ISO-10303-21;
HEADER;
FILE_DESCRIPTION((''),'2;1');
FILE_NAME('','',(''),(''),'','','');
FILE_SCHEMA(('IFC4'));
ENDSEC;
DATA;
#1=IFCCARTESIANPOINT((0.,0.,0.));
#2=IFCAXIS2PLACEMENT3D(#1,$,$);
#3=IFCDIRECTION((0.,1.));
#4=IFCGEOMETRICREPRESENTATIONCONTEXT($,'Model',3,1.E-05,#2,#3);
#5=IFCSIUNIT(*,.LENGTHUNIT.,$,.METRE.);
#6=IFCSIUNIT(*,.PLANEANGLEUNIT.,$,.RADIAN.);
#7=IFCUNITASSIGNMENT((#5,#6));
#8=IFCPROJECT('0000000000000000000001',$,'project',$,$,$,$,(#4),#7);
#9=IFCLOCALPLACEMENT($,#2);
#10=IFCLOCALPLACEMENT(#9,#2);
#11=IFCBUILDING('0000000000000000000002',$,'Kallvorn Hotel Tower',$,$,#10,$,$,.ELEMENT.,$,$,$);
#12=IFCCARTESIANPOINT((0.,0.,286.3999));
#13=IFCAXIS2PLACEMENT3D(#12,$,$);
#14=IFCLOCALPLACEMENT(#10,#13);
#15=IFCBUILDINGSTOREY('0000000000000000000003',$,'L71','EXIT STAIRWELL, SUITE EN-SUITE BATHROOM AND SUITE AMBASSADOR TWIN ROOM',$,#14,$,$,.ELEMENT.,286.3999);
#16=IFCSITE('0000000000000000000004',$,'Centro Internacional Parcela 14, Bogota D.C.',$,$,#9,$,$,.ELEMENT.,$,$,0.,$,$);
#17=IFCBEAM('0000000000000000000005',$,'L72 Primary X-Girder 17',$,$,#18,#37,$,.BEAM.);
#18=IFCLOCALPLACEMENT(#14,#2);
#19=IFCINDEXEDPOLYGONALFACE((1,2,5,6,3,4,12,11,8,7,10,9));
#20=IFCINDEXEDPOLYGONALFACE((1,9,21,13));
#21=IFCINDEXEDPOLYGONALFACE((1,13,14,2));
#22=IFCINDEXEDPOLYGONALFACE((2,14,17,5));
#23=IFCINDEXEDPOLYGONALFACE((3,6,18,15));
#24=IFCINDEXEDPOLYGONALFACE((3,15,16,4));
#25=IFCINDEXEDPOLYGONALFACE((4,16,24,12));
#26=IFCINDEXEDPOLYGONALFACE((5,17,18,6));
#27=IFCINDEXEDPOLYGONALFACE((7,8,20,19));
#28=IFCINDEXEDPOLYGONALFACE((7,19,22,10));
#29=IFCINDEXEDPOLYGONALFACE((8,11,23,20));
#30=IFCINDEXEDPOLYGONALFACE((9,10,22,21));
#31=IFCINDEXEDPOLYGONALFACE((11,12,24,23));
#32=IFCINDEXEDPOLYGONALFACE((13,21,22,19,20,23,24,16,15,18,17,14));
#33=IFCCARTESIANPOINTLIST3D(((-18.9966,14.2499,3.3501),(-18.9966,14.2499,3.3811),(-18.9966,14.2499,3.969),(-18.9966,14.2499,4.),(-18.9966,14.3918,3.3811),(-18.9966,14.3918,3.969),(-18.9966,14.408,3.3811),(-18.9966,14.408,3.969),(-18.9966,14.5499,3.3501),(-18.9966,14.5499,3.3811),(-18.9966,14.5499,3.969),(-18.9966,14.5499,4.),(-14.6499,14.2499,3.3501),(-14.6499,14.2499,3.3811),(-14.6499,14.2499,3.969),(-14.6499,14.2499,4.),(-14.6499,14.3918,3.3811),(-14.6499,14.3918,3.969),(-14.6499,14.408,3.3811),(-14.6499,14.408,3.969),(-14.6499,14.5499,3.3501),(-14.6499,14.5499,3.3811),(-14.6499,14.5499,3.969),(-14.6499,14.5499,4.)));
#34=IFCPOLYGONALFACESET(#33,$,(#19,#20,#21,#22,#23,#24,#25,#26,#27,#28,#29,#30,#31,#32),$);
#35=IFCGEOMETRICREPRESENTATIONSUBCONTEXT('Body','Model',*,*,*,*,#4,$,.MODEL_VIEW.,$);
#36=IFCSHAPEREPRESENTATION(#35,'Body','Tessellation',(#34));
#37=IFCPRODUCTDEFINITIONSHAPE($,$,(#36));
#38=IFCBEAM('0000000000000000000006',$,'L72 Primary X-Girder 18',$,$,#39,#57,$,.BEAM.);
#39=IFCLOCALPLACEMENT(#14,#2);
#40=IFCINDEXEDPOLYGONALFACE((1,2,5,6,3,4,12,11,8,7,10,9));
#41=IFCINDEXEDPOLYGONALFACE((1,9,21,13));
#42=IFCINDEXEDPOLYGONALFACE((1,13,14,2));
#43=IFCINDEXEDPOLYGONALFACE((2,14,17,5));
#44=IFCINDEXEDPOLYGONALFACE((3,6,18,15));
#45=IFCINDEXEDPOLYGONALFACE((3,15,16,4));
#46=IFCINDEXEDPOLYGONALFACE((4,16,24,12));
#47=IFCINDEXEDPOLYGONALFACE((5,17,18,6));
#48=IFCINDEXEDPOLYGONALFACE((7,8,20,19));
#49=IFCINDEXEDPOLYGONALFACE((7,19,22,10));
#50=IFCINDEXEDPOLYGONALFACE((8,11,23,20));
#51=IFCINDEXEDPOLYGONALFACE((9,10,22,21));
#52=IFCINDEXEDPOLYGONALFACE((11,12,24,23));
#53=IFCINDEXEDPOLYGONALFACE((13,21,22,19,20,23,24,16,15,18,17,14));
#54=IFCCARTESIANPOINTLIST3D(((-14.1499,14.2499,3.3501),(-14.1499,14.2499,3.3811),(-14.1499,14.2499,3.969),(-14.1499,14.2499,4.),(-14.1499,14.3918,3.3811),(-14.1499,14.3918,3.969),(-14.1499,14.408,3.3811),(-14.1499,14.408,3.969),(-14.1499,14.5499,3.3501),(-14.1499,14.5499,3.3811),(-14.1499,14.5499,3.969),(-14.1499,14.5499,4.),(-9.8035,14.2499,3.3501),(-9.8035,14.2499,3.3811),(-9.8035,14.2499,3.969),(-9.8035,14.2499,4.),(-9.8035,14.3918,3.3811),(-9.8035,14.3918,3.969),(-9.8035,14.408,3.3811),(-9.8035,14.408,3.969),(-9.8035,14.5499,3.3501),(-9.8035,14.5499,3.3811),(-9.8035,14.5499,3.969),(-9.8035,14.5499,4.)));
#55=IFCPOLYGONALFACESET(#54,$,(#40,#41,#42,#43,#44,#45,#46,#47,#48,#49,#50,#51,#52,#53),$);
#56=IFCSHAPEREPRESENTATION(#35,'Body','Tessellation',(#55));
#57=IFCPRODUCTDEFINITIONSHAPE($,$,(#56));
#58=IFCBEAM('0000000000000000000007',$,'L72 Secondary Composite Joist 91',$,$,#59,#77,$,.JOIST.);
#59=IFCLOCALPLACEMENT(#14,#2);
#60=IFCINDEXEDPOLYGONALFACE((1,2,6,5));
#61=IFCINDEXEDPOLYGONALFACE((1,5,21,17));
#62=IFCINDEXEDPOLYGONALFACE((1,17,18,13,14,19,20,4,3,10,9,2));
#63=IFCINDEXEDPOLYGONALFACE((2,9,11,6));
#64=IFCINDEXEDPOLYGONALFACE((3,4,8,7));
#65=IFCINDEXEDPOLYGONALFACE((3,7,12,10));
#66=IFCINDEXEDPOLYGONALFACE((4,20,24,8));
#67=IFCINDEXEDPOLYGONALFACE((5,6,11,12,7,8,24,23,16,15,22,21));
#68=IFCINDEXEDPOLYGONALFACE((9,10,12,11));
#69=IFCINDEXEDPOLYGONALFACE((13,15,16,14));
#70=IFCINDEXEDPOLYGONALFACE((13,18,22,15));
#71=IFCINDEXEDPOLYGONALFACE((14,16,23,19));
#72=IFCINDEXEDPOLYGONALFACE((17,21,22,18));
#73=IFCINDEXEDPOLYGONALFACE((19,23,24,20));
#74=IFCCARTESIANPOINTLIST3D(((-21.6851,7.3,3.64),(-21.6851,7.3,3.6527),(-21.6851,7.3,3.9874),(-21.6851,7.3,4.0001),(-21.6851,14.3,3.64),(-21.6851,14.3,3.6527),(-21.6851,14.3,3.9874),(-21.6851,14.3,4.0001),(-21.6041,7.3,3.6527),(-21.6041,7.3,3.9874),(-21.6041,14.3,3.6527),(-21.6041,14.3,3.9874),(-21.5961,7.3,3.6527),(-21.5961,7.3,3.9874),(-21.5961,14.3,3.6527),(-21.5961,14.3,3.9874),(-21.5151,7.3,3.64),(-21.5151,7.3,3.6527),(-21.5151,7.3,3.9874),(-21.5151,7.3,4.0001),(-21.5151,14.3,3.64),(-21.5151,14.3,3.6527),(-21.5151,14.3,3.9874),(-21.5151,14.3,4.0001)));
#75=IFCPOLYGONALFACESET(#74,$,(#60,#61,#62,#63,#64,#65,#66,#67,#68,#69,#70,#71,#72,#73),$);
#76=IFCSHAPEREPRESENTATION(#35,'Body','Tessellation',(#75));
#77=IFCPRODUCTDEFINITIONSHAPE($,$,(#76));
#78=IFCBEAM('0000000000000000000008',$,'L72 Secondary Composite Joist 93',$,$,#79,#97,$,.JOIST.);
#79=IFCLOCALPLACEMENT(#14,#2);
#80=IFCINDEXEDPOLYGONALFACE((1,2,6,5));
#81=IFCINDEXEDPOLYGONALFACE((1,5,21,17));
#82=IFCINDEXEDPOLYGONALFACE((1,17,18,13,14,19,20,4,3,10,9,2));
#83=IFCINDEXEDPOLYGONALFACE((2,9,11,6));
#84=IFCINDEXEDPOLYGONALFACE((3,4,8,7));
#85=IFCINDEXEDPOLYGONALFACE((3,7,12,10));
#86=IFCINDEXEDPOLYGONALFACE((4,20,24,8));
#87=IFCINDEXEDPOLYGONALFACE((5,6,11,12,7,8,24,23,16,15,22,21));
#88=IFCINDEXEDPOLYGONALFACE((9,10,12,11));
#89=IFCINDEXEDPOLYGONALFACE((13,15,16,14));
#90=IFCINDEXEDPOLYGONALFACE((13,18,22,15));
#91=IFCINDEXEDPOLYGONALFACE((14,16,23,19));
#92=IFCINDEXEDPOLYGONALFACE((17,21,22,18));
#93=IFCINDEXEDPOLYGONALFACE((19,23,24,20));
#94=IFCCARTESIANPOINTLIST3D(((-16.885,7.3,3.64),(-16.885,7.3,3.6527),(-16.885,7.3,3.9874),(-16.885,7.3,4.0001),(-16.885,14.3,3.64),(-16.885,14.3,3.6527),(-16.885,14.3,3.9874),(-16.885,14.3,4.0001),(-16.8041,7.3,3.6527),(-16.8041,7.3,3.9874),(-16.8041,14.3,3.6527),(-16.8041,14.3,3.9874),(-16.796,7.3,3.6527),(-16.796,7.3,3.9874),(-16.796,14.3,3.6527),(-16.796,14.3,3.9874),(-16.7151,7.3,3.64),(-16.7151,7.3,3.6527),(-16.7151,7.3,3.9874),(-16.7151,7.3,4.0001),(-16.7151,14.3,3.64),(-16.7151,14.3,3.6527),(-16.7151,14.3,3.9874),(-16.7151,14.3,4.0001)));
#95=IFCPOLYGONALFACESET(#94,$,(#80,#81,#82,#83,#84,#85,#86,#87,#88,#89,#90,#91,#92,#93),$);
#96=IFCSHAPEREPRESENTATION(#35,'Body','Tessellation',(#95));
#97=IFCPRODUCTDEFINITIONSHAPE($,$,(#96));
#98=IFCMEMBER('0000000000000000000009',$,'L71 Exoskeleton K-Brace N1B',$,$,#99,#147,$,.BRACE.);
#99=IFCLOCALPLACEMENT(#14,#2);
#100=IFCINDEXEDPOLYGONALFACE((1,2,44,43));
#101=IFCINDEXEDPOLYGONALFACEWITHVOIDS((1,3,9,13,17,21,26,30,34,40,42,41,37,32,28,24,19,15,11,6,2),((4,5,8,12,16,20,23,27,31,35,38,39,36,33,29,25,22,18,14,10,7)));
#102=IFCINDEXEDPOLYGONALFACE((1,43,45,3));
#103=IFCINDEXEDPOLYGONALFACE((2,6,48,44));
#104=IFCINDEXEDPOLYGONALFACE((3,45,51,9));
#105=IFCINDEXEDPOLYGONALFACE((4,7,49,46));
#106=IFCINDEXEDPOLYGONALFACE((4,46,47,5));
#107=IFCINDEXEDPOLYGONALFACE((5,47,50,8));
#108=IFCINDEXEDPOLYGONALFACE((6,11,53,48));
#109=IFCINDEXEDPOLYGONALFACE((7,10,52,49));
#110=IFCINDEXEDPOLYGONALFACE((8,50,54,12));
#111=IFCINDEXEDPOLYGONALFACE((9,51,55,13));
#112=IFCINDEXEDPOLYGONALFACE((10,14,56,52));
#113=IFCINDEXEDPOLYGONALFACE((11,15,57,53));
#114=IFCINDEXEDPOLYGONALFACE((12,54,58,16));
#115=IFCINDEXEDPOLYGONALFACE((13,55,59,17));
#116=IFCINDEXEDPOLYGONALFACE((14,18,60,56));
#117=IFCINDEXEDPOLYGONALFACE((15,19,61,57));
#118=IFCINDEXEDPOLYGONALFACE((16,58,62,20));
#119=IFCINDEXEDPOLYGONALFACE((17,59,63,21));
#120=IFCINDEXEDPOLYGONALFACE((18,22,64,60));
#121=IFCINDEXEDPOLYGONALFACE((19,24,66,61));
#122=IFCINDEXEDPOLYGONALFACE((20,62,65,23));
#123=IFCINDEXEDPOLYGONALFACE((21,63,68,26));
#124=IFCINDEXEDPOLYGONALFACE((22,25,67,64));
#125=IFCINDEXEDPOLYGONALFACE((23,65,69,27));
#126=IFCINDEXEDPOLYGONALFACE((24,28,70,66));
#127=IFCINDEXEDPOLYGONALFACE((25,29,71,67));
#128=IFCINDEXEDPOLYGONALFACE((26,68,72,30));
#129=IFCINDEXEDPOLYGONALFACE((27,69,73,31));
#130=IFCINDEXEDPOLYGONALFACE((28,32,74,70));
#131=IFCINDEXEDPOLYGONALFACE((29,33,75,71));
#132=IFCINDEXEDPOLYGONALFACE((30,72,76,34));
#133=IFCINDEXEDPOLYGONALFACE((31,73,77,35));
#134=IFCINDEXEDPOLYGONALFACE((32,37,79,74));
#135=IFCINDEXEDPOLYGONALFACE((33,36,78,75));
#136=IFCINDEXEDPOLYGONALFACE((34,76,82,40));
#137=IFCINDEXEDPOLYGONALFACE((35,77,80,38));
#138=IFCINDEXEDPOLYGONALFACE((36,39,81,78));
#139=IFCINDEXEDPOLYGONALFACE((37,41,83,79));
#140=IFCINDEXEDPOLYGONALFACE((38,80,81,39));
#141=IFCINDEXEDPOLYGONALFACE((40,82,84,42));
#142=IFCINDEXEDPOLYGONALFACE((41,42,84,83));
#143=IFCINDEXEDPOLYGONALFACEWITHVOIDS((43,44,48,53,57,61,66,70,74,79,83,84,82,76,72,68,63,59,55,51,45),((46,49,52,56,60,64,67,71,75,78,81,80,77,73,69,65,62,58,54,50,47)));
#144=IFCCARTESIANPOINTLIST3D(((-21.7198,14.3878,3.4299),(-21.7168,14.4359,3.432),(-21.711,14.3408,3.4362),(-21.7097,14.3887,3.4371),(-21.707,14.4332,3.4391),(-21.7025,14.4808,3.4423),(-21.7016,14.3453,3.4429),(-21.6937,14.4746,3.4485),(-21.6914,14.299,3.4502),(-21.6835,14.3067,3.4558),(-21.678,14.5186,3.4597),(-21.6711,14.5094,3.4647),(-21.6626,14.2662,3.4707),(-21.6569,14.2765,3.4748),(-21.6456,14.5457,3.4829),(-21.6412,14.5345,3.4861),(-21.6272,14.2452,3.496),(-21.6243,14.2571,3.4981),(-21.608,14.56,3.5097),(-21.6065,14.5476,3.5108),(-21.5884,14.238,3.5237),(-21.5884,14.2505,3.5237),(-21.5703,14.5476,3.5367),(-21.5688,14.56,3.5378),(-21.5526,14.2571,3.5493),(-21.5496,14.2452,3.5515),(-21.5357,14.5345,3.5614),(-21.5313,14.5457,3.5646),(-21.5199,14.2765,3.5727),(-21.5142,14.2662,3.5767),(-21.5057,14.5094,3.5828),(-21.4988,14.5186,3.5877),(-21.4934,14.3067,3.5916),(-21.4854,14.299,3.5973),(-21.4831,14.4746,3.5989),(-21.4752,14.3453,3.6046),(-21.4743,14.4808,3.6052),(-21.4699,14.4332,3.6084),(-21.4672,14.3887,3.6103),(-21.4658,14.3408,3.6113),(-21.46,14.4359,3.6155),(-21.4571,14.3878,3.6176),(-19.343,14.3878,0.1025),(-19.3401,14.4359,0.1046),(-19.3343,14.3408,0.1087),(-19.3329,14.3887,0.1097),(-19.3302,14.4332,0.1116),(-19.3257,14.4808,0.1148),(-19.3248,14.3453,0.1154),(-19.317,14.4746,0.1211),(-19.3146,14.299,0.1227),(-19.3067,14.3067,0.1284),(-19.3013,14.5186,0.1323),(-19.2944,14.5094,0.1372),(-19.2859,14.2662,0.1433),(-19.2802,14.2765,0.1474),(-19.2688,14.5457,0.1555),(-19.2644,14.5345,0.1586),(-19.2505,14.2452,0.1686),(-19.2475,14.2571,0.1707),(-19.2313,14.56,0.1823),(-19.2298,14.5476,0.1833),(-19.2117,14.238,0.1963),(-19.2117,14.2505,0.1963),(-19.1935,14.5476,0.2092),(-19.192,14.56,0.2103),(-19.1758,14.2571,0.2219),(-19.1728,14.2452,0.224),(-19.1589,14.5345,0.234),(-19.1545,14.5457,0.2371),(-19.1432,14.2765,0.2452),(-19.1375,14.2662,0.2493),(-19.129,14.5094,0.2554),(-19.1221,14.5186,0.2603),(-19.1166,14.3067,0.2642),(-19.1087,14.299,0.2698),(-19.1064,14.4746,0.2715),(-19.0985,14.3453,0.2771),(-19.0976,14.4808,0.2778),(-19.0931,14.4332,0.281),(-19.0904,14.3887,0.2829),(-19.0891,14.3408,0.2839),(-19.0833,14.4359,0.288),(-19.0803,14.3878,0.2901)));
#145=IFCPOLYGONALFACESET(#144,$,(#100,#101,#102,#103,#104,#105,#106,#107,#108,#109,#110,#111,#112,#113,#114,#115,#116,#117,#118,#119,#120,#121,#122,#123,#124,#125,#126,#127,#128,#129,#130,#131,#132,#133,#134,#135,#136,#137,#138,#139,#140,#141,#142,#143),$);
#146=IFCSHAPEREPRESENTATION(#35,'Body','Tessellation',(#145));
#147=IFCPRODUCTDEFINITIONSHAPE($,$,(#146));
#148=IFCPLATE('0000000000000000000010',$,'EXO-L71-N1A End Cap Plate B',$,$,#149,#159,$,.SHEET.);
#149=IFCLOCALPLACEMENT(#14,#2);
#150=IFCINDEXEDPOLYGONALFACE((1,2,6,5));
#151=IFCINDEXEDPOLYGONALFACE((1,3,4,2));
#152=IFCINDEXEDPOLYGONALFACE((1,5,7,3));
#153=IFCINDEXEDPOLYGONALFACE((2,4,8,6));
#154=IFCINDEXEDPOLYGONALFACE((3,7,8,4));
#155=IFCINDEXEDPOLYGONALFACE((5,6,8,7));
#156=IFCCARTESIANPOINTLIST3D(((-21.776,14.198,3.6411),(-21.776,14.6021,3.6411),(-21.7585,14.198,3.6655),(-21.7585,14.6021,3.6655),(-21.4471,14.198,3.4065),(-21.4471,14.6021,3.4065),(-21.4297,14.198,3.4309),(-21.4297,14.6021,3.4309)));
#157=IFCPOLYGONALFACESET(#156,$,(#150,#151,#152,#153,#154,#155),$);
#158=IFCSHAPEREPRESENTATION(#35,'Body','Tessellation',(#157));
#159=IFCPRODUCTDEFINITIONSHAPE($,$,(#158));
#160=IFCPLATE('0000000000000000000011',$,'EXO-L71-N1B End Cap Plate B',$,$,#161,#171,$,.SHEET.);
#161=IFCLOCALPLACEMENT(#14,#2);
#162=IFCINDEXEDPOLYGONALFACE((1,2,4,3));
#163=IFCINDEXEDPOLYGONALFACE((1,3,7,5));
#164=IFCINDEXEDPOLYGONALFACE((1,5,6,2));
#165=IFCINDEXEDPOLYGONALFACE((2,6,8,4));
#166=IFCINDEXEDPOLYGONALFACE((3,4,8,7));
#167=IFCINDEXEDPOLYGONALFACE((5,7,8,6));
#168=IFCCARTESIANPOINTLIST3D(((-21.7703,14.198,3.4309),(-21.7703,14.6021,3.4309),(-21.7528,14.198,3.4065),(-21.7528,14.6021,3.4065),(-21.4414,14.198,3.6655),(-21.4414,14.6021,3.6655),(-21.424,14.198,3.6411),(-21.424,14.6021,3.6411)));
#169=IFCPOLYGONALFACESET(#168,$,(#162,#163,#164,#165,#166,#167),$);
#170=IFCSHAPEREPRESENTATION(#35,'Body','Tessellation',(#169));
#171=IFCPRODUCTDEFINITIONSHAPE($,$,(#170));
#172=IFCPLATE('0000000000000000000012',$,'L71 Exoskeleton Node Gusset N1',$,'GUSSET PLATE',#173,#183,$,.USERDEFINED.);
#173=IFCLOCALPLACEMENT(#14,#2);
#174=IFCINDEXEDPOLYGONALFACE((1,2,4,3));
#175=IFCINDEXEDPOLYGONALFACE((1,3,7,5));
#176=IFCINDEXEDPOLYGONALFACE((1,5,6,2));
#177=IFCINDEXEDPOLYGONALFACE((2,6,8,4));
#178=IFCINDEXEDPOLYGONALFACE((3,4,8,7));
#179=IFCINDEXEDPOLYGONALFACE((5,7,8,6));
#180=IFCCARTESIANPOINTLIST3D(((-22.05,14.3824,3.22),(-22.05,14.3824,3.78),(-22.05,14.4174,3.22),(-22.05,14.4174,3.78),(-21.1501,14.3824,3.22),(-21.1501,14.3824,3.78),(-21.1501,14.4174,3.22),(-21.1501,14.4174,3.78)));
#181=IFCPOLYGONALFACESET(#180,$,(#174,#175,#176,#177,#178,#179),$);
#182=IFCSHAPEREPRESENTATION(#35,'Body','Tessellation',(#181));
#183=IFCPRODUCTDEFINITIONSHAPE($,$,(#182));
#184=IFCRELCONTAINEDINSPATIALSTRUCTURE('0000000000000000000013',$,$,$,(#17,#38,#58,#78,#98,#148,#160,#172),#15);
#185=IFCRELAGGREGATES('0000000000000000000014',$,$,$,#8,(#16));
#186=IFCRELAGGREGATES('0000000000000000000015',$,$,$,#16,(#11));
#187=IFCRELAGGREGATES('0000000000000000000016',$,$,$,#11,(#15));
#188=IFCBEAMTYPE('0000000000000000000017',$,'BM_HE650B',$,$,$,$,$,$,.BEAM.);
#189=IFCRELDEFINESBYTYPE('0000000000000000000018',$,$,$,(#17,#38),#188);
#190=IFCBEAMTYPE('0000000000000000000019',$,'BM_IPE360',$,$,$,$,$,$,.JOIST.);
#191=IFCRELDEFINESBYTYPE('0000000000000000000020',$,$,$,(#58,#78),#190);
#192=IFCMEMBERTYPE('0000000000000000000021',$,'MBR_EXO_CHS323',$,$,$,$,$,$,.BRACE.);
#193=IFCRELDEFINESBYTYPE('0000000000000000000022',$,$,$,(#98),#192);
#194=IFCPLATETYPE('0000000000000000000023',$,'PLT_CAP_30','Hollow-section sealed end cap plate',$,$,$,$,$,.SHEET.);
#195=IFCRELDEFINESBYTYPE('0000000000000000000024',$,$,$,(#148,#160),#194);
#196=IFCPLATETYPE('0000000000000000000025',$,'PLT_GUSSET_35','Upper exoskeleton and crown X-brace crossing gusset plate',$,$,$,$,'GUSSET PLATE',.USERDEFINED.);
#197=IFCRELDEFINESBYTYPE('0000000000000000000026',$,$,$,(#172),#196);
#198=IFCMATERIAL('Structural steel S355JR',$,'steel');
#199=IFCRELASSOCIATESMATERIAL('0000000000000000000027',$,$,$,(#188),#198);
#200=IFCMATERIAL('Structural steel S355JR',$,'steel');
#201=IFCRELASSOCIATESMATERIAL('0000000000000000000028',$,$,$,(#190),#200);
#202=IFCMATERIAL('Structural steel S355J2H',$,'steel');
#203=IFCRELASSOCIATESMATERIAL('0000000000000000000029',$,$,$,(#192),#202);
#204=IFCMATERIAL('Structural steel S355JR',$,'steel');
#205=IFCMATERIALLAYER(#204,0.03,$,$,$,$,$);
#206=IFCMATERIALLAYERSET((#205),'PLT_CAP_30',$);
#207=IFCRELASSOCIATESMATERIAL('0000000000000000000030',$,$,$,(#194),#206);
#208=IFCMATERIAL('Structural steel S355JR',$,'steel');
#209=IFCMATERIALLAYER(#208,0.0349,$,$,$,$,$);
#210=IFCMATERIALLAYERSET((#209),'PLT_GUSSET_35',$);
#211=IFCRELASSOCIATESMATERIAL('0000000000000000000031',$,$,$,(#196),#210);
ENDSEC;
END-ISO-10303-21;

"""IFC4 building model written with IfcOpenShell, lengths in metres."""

from ifc_helpers import new_model, si_unit, direction, frame, origin, origin_2d, place, context, subcontext, project, spatial, polyline, rectangle, hollow_circle, i_section, outline, extrude, material, layer, layer_set, material_profile, profile_set, type_object, element, save


model = new_model("IFC4")

# Units and contexts
model_context = context("Model", 3, precision=1e-05, world=origin(), true_north=direction((0.0, 1.0)))
body_context = subcontext(model_context, "Body", "Model", "MODEL_VIEW")
ifc_project = project(units=[si_unit("LENGTHUNIT", "METRE"), si_unit("PLANEANGLEUNIT", "RADIAN")], contexts=[model_context])

# Site, building, storey
site_placement = place(None, origin())
site = spatial("IfcSite", under=ifc_project, at=site_placement, Name="Centro Internacional Parcela 14, Bogota D.C.", CompositionType="ELEMENT", RefElevation=0.0)
building_placement = place(site_placement, origin())
building = spatial("IfcBuilding", under=site, at=building_placement, Name="Kallvorn Hotel Tower", CompositionType="ELEMENT")
storey_placement = place(building_placement, frame((0.0, 0.0, 286.3999)))
storey = spatial("IfcBuildingStorey", under=building, at=storey_placement, Name="L71", Description="EXIT STAIRWELL, SUITE EN-SUITE BATHROOM AND SUITE AMBASSADOR TWIN ROOM", CompositionType="ELEMENT", Elevation=286.3999)

# Beams
ifc_material_1 = material(Name="Structural steel S355JR", Category="steel")
ifc_material_profile_1 = material_profile(ifc_material_1, i_section(OverallWidth=0.3, OverallDepth=0.6499, WebThickness=0.0161, FlangeThickness=0.031, at=origin_2d()), Name="HE 650 B")
ifc_profile_set_1 = profile_set([ifc_material_profile_1], Name="Structural steel S355JR")
beam_type_1 = type_object("IfcBeamType", Name="BM_HE650B", PredefinedType="BEAM", material=ifc_profile_set_1)
beam_1_placement = place(storey_placement, frame((-18.9966, 14.3999, 3.675), z_axis=(1.0, 0.0, 0.0), x_axis=(0.0, 1.0, 0.0)))
element("IfcBeam", 1, at=beam_1_placement, inside=storey, type_object=beam_type_1, Name="L72 Primary X-Girder 17", PredefinedType="BEAM", context=body_context, shape_type="SweptSolid", body=[
    extrude(i_section(OverallWidth=0.3, OverallDepth=0.6499, WebThickness=0.0161, FlangeThickness=0.031, at=origin_2d()), origin(), (0.0, 0.0, 1.0), 4.3467),
])
beam_2_placement = place(storey_placement, frame((-14.1499, 14.3999, 3.675), z_axis=(1.0, 0.0, 0.0), x_axis=(0.0, 1.0, 0.0)))
element("IfcBeam", 2, at=beam_2_placement, inside=storey, type_object=beam_type_1, Name="L72 Primary X-Girder 18", PredefinedType="BEAM", context=body_context, shape_type="SweptSolid", body=[
    extrude(i_section(OverallWidth=0.3, OverallDepth=0.6499, WebThickness=0.0161, FlangeThickness=0.031, at=origin_2d()), origin(), (0.0, 0.0, 1.0), 4.3464),
])
ifc_material_2 = material(Name="Structural steel S355JR", Category="steel")
ifc_material_profile_2 = material_profile(ifc_material_2, i_section(OverallWidth=0.1699, OverallDepth=0.3601, WebThickness=0.0081, FlangeThickness=0.0127, at=origin_2d()), Name="IPE 360")
ifc_profile_set_2 = profile_set([ifc_material_profile_2], Name="Structural steel S355JR")
beam_type_2 = type_object("IfcBeamType", Name="BM_IPE360", PredefinedType="JOIST", material=ifc_profile_set_2)
for number, where, z_axis, x_axis, name in (
    (3, (-21.6001, 7.3, 3.8201), (0.0, 1.0, 0.0), (-1.0, 0.0, 0.0), "L72 Secondary Composite Joist 91"),
    (4, (-16.8, 7.3, 3.8201), (0.0, 1.0, 0.0), (-1.0, 0.0, 0.0), "L72 Secondary Composite Joist 93"),
):
    element("IfcBeam", number, at=place(storey_placement, frame(where, z_axis=z_axis, x_axis=x_axis)), inside=storey, type_object=beam_type_2, Name=name, PredefinedType="JOIST", context=body_context, shape_type="SweptSolid", body=[
        extrude(i_section(OverallWidth=0.1699, OverallDepth=0.3601, WebThickness=0.0081, FlangeThickness=0.0127, at=origin_2d()), origin(), (0.0, 0.0, 1.0), 7.0),
    ])

# Member
ifc_material_3 = material(Name="Structural steel S355J2H", Category="steel")
ifc_material_profile_3 = material_profile(ifc_material_3, hollow_circle(Radius=0.1619, WallThickness=0.0125, at=origin_2d()), Name="CHS 323.9x12.5")
ifc_profile_set_3 = profile_set([ifc_material_profile_3], Name="Structural steel S355J2H")
member_type = type_object("IfcMemberType", Name="MBR_EXO_CHS323", PredefinedType="BRACE", material=ifc_profile_set_3)
member_placement = place(storey_placement, frame((-19.2117, 14.3999, 0.1963), z_axis=(-0.581238, 0.0, 0.813733), x_axis=(0.0, -1.0, 0.0)))
element("IfcMember", 5, at=member_placement, inside=storey, type_object=member_type, Name="L71 Exoskeleton K-Brace N1B", PredefinedType="BRACE", context=body_context, shape_type="SweptSolid", body=[
    extrude(hollow_circle(Radius=0.1619, WallThickness=0.0125, at=origin_2d()), origin(), (0.0, 0.0, 1.0), 4.0891),
])

# Plates
ifc_material_4 = material(Name="Structural steel S355JR", Category="steel")
ifc_layer_1 = layer(ifc_material_4, 0.03)
ifc_layer_set_1 = layer_set([ifc_layer_1], Name="PLT_CAP_30")
plate_type_1 = type_object("IfcPlateType", Name="PLT_CAP_30", Description="Hollow-section sealed end cap plate", PredefinedType="SHEET", material=ifc_layer_set_1)
for number, where, z_axis, x_axis, name in (
    (6, (-21.4297, 14.198, 3.4309), (0.580781, 0.0, 0.81406), (0.0, 1.0, 0.0), "EXO-L71-N1A End Cap Plate B"),
    (7, (-21.7703, 14.6021, 3.4309), (-0.580781, 0.0, 0.81406), (0.0, -1.0, 0.0), "EXO-L71-N1B End Cap Plate B"),
):
    element("IfcPlate", number, at=place(storey_placement, frame(where, z_axis=z_axis, x_axis=x_axis)), inside=storey, type_object=plate_type_1, Name=name, PredefinedType="SHEET", context=body_context, shape_type="SweptSolid", body=[
        extrude(outline(polyline([(0.0, 0.0), (0.4041, 0.0), (0.4041, 0.404), (0.0, 0.404), (0.0, 0.0)])), origin(), (0.0, 0.0, -1.0), 0.03),
    ])
ifc_material_5 = material(Name="Structural steel S355JR", Category="steel")
ifc_layer_2 = layer(ifc_material_5, 0.0349)
ifc_layer_set_2 = layer_set([ifc_layer_2], Name="PLT_GUSSET_35")
plate_type_2 = type_object("IfcPlateType", Name="PLT_GUSSET_35", Description="Upper exoskeleton and crown X-brace crossing gusset plate", ElementType="GUSSET PLATE", PredefinedType="USERDEFINED", material=ifc_layer_set_2)
plate_placement = place(storey_placement, frame((-21.6001, 14.3999, 3.22), z_axis=(0.0, 0.0, 1.0), x_axis=(1.0, 0.0, 0.0)))
element("IfcPlate", 8, at=plate_placement, inside=storey, type_object=plate_type_2, Name="L71 Exoskeleton Node Gusset N1", ObjectType="GUSSET PLATE", PredefinedType="USERDEFINED", context=body_context, shape_type="SweptSolid", body=[
    extrude(rectangle(XDim=0.8999, YDim=0.0349, at=origin_2d()), origin(), (0.0, 0.0, 1.0), 0.5601),
])

save(model, "model.ifc")
